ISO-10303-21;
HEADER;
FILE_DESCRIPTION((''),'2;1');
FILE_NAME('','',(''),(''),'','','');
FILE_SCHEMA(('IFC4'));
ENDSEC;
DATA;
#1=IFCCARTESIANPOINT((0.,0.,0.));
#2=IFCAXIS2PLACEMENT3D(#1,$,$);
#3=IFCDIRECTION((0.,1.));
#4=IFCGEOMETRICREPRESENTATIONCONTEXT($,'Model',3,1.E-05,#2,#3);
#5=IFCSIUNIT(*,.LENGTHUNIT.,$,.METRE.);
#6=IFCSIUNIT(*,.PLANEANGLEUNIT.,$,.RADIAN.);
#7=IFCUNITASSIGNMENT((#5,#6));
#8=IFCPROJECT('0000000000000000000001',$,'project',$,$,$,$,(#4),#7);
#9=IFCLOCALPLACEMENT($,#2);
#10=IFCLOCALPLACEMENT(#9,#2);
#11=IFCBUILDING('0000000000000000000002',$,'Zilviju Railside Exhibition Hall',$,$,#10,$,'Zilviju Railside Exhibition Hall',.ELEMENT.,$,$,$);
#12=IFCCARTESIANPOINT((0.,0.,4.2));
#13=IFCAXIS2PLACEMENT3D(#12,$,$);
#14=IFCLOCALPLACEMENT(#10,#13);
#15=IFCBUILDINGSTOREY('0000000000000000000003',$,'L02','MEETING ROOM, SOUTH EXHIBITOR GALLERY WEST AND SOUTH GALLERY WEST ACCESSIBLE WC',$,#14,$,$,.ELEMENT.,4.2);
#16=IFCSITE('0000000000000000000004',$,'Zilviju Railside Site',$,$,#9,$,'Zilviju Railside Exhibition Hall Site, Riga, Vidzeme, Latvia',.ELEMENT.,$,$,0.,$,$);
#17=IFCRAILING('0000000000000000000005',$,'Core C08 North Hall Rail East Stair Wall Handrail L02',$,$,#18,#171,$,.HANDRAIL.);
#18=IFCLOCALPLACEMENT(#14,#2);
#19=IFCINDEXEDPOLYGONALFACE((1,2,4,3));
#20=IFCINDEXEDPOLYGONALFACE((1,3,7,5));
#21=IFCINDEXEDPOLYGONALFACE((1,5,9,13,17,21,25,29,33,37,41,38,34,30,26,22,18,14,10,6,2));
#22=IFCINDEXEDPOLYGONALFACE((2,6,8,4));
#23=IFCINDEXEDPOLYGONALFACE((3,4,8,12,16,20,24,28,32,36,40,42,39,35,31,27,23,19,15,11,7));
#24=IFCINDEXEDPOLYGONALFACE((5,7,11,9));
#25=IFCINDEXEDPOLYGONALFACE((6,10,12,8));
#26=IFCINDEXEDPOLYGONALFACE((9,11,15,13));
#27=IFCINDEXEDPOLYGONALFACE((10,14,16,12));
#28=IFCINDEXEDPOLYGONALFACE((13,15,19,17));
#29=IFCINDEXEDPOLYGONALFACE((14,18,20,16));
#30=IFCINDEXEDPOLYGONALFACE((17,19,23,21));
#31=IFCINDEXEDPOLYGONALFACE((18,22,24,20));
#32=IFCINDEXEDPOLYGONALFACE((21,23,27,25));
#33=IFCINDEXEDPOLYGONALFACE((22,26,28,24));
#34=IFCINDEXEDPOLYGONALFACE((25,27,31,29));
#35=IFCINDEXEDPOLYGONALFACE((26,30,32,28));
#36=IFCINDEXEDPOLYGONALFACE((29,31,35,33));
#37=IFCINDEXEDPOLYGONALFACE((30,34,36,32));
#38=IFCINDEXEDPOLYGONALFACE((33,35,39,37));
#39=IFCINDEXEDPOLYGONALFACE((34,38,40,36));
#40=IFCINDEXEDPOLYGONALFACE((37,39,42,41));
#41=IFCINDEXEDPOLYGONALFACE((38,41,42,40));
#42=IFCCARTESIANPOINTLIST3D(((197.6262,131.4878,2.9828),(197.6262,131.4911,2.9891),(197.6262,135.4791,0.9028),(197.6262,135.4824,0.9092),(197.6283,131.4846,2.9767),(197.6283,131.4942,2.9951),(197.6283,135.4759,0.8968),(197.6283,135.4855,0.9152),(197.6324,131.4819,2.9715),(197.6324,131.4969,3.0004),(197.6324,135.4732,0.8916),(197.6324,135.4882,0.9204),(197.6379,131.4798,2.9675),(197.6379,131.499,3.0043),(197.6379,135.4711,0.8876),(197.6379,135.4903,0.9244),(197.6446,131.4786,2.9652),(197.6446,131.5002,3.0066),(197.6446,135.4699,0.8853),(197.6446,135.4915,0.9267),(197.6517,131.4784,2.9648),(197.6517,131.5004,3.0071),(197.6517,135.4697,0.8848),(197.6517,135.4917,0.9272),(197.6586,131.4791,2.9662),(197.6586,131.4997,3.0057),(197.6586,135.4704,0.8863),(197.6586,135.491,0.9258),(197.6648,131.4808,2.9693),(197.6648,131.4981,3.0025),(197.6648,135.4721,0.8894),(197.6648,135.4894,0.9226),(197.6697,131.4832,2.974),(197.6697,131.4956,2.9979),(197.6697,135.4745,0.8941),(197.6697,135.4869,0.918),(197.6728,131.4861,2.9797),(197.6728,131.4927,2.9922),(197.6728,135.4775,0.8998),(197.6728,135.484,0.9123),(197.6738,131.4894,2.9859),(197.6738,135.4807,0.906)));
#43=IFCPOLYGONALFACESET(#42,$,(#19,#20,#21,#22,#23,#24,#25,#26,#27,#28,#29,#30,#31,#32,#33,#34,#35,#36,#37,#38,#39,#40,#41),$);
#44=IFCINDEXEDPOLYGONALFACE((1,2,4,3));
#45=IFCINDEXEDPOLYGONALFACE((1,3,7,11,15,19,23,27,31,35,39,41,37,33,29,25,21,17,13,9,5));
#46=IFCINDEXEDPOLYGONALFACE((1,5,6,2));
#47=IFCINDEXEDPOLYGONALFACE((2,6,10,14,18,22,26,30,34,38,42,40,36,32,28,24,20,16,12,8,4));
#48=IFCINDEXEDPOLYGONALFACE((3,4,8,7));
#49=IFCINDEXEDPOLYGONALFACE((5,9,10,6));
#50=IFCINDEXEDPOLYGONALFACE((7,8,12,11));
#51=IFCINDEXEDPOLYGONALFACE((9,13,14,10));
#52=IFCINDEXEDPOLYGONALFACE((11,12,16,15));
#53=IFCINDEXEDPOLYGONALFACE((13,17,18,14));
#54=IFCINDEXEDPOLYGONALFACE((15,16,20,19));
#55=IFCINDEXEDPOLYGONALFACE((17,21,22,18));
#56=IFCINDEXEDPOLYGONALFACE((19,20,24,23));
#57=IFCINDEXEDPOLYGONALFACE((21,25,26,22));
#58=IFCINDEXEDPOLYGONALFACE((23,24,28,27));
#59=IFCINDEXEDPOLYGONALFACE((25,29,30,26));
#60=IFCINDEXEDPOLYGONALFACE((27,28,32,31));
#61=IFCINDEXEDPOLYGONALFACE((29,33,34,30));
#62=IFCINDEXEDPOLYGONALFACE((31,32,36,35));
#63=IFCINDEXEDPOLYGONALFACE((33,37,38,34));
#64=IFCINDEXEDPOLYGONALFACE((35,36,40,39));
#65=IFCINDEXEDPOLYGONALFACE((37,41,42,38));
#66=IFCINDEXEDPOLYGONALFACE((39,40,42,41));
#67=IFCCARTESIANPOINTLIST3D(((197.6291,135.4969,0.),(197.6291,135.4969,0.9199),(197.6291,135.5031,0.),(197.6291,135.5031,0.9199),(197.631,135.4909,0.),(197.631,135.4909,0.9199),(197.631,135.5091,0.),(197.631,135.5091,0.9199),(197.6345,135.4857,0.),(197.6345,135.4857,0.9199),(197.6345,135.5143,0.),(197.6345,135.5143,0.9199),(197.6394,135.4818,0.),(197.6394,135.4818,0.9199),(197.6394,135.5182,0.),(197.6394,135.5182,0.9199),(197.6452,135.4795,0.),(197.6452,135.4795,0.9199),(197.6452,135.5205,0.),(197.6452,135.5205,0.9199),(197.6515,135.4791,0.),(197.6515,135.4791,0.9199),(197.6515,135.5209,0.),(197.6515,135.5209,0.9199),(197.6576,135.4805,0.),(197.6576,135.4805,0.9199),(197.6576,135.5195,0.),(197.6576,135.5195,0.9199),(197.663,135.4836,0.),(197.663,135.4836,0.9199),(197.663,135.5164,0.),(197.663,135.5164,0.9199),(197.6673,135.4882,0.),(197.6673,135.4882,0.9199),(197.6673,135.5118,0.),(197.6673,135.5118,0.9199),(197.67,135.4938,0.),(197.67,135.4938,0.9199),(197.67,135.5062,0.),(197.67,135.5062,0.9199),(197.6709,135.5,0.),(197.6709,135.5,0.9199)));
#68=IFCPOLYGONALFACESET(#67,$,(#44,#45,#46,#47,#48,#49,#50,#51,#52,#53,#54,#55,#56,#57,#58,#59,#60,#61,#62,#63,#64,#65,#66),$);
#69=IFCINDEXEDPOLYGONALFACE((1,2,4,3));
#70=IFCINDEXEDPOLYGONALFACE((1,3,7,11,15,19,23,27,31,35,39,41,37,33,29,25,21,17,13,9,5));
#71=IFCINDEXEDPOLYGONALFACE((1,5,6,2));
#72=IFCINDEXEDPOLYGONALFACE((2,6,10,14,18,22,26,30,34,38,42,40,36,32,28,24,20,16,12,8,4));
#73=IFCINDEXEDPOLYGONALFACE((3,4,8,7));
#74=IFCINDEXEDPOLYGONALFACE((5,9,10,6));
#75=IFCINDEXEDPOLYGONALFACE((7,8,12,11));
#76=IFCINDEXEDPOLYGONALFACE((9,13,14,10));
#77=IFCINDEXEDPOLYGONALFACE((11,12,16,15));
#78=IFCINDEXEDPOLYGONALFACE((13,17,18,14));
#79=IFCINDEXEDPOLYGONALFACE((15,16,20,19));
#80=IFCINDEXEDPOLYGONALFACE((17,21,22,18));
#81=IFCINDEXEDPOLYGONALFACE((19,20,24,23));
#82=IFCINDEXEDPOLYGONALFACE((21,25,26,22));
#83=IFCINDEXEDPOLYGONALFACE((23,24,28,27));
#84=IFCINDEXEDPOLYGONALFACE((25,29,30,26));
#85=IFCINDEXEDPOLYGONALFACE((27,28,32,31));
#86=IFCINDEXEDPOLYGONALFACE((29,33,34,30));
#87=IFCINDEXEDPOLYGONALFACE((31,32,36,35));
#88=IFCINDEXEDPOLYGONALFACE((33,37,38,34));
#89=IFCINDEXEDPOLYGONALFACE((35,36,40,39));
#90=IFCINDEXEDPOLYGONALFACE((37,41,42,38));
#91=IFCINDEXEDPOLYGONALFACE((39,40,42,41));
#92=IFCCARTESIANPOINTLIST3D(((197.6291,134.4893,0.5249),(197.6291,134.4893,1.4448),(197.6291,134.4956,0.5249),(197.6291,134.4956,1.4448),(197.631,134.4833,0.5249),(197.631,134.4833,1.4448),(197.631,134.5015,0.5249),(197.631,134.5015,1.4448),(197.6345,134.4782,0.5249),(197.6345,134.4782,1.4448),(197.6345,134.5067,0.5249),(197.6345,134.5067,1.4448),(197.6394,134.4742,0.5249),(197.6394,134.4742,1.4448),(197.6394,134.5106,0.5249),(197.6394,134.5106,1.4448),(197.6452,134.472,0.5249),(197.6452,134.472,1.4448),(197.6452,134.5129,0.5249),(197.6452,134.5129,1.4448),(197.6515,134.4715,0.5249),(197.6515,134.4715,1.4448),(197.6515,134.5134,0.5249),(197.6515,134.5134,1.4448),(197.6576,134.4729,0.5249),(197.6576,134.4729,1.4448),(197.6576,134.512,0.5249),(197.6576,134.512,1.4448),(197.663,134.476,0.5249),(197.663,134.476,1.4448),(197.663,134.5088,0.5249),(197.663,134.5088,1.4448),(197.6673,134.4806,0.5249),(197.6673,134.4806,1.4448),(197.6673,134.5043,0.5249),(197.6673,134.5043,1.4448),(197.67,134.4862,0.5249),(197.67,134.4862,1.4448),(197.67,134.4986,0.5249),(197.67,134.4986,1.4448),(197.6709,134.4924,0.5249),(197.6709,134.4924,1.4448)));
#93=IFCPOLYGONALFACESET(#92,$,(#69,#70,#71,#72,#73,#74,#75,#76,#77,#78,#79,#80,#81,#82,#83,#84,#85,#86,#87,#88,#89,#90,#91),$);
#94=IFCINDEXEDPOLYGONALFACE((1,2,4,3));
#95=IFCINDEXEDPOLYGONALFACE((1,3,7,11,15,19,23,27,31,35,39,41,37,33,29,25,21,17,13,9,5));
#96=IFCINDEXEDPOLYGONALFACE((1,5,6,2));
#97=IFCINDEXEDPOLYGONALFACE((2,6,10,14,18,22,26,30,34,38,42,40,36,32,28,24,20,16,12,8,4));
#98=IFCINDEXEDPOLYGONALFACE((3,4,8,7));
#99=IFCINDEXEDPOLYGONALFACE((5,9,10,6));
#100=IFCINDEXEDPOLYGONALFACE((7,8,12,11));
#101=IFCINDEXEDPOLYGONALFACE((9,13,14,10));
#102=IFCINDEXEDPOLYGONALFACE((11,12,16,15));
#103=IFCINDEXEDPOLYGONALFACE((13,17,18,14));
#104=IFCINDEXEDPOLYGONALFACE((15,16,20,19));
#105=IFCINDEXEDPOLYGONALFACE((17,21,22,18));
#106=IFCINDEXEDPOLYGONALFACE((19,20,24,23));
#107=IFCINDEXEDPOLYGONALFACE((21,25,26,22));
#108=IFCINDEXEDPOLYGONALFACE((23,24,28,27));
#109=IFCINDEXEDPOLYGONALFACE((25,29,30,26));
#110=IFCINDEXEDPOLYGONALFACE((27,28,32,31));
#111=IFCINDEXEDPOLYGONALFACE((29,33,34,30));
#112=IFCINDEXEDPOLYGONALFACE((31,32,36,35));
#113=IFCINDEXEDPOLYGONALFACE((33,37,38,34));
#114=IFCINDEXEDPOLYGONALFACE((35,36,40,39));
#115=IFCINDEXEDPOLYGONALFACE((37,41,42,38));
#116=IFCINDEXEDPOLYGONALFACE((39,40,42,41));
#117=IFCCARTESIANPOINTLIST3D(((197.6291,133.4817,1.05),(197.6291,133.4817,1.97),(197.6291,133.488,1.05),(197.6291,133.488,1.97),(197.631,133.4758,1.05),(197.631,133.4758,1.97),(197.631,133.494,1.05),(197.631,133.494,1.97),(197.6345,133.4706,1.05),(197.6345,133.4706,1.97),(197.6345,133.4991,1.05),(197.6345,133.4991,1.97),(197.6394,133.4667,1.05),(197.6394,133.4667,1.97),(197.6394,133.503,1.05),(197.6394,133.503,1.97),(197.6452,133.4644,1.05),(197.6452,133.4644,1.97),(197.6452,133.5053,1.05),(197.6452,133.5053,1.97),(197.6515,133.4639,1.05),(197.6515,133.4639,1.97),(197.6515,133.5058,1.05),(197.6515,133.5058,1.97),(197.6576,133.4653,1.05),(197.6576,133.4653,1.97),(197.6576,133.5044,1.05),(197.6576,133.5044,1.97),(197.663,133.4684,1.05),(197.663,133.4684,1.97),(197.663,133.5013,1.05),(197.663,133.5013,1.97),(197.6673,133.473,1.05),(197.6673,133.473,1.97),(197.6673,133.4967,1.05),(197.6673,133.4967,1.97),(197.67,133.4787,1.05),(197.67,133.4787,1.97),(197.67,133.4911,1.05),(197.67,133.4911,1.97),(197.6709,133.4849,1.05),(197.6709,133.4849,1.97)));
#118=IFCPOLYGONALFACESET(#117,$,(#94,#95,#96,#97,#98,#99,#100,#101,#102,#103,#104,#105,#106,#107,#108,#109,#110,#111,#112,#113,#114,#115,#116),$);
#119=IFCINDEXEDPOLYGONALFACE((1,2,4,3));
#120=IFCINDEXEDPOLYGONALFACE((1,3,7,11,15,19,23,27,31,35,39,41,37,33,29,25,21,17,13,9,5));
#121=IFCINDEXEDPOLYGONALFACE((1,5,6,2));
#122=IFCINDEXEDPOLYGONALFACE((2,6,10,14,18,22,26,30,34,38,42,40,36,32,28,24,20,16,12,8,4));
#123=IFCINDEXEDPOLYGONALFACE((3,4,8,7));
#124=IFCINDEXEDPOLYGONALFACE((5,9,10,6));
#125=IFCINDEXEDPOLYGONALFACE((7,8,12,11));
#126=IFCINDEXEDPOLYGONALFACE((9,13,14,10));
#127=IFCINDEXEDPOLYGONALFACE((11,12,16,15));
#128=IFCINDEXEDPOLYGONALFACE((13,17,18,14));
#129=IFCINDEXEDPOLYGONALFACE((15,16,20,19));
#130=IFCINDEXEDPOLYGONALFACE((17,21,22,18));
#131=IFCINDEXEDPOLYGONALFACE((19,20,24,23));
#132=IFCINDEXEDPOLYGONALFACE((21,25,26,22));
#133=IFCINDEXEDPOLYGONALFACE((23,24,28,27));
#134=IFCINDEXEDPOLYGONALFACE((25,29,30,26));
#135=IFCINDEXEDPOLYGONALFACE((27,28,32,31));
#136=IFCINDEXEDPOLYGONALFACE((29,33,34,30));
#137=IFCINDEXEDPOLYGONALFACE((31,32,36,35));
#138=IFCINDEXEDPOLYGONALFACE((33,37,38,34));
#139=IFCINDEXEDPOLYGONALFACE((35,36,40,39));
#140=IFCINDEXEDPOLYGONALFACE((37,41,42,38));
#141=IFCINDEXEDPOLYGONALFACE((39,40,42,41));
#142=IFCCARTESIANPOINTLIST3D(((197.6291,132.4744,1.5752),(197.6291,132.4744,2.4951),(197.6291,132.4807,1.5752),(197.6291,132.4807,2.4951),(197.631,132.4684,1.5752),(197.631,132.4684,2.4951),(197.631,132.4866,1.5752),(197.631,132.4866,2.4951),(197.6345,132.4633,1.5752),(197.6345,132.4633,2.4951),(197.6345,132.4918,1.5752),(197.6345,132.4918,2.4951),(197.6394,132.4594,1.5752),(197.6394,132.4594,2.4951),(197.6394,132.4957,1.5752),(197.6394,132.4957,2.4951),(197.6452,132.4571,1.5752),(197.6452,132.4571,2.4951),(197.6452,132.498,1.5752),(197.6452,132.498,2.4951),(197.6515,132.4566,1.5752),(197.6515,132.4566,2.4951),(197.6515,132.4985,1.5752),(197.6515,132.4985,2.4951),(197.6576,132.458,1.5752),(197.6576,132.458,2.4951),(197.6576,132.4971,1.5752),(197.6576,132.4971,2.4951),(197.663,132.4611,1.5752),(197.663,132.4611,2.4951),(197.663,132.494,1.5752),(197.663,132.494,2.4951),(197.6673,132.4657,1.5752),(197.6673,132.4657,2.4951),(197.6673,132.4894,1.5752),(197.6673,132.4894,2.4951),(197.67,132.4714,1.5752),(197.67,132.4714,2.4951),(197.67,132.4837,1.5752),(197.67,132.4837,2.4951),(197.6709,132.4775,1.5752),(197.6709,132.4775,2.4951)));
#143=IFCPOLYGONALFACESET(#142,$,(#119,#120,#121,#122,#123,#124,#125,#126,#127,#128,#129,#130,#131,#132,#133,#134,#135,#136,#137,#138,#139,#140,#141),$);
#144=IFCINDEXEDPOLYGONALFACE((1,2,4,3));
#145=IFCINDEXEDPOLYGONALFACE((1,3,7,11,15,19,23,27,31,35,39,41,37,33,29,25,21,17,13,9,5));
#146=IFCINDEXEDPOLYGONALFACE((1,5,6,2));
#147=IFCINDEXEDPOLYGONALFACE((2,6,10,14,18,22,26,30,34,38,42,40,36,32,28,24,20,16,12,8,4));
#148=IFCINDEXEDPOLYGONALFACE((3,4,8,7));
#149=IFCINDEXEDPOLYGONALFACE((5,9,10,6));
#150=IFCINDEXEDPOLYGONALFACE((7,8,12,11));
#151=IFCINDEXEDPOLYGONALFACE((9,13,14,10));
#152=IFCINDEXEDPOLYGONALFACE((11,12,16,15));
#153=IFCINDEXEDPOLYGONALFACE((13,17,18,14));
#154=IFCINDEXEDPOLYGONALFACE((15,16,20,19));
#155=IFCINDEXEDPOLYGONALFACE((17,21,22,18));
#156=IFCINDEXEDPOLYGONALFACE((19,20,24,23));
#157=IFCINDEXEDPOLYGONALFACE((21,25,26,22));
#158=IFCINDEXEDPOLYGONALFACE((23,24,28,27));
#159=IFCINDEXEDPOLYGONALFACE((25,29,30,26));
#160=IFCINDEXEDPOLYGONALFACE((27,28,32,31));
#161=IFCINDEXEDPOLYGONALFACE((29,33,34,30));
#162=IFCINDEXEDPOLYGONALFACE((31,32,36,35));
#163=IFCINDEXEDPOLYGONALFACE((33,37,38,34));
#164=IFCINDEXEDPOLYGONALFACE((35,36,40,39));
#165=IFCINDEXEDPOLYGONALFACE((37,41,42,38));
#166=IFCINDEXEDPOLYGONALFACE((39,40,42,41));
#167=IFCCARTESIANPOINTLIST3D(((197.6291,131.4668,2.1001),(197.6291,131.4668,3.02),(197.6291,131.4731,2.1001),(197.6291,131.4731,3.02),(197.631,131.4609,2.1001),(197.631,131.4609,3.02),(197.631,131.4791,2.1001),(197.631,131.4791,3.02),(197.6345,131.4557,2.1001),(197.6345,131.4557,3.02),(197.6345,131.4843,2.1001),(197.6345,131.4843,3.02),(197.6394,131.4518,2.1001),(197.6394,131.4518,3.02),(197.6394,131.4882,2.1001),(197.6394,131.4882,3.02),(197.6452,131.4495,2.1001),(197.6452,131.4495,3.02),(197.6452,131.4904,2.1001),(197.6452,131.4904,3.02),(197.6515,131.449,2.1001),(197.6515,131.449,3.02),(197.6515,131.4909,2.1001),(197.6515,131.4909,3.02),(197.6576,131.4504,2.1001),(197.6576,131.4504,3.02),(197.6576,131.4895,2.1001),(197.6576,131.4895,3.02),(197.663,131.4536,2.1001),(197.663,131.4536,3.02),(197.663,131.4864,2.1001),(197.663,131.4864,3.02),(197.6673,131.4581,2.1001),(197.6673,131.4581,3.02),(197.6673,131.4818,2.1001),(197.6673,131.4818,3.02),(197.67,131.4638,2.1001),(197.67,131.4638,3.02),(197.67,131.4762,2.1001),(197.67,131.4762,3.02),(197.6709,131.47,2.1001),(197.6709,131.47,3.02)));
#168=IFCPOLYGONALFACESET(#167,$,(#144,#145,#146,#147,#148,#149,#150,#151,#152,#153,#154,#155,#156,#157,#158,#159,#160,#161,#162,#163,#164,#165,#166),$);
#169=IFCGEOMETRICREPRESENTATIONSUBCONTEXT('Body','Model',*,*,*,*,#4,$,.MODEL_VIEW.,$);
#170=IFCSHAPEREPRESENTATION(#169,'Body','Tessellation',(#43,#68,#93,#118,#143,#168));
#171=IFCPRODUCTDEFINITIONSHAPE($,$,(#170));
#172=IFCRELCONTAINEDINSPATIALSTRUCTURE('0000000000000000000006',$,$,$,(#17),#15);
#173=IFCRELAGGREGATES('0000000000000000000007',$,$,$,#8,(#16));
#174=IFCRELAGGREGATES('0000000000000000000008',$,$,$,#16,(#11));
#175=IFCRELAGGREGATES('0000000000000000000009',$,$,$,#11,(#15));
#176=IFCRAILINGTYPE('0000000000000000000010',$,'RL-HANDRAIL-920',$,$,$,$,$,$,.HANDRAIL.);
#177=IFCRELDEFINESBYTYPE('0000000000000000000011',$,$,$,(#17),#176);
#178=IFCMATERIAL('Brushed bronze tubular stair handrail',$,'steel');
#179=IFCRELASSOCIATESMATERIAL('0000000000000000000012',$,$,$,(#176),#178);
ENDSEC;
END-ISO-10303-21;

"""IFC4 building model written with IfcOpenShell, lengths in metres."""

from ifc_helpers import new_model, si_unit, direction, frame, origin, origin_2d, place, context, subcontext, project, spatial, circle, extrude, material, type_object, element, save


model = new_model("IFC4")

# Units and contexts
model_context = context("Model", 3, precision=1e-05, world=origin(), true_north=direction((0.0, 1.0)))
body_context = subcontext(model_context, "Body", "Model", "MODEL_VIEW")
ifc_project = project(units=[si_unit("LENGTHUNIT", "METRE"), si_unit("PLANEANGLEUNIT", "RADIAN")], contexts=[model_context])

# Site, building, storey
site_placement = place(None, origin())
site = spatial("IfcSite", under=ifc_project, at=site_placement, Name="Zilviju Railside Site", LongName="Zilviju Railside Exhibition Hall Site, Riga, Vidzeme, Latvia", CompositionType="ELEMENT", RefElevation=0.0)
building_placement = place(site_placement, origin())
building = spatial("IfcBuilding", under=site, at=building_placement, Name="Zilviju Railside Exhibition Hall", LongName="Zilviju Railside Exhibition Hall", CompositionType="ELEMENT")
storey_placement = place(building_placement, frame((0.0, 0.0, 4.2)))
storey = spatial("IfcBuildingStorey", under=building, at=storey_placement, Name="L02", Description="MEETING ROOM, SOUTH EXHIBITOR GALLERY WEST AND SOUTH GALLERY WEST ACCESSIBLE WC", CompositionType="ELEMENT", Elevation=4.2)

# Railing
ifc_material_1 = material(Name="Brushed bronze tubular stair handrail", Category="steel")
railing_type_1 = type_object("IfcRailingType", Name="RL-HANDRAIL-920", PredefinedType="HANDRAIL", material=ifc_material_1)
railing_1_placement = place(storey_placement, frame((197.6499, 135.5, 0.0)))
element("IfcRailing", 1, at=railing_1_placement, inside=storey, type_object=railing_type_1, Name="Core C08 North Hall Rail East Stair Wall Handrail L02", PredefinedType="HANDRAIL", context=body_context, shape_type="SweptSolid", body=[
    extrude(circle(Radius=0.0239, at=origin_2d()), frame((0.0, -0.0193, 0.906), z_axis=(0.0, -0.886813, 0.462129), x_axis=(1.0, 0.0, 0.0)), (0.0, 0.0, 1.0), 4.5007),
    extrude(circle(Radius=0.021, at=origin_2d()), origin(), (0.0, 0.0, 1.0), 0.9199),
    extrude(circle(Radius=0.021, at=origin_2d()), frame((0.0, -1.0076, 0.5249)), (0.0, 0.0, 1.0), 0.9199),
    extrude(circle(Radius=0.021, at=origin_2d()), frame((0.0, -2.0151, 1.05)), (0.0, 0.0, 1.0), 0.9199),
    extrude(circle(Radius=0.021, at=origin_2d()), frame((0.0, -3.0225, 1.5752)), (0.0, 0.0, 1.0), 0.9199),
    extrude(circle(Radius=0.021, at=origin_2d()), frame((0.0, -4.03, 2.1001)), (0.0, 0.0, 1.0), 0.9199),
])

save(model, "model.ifc")
